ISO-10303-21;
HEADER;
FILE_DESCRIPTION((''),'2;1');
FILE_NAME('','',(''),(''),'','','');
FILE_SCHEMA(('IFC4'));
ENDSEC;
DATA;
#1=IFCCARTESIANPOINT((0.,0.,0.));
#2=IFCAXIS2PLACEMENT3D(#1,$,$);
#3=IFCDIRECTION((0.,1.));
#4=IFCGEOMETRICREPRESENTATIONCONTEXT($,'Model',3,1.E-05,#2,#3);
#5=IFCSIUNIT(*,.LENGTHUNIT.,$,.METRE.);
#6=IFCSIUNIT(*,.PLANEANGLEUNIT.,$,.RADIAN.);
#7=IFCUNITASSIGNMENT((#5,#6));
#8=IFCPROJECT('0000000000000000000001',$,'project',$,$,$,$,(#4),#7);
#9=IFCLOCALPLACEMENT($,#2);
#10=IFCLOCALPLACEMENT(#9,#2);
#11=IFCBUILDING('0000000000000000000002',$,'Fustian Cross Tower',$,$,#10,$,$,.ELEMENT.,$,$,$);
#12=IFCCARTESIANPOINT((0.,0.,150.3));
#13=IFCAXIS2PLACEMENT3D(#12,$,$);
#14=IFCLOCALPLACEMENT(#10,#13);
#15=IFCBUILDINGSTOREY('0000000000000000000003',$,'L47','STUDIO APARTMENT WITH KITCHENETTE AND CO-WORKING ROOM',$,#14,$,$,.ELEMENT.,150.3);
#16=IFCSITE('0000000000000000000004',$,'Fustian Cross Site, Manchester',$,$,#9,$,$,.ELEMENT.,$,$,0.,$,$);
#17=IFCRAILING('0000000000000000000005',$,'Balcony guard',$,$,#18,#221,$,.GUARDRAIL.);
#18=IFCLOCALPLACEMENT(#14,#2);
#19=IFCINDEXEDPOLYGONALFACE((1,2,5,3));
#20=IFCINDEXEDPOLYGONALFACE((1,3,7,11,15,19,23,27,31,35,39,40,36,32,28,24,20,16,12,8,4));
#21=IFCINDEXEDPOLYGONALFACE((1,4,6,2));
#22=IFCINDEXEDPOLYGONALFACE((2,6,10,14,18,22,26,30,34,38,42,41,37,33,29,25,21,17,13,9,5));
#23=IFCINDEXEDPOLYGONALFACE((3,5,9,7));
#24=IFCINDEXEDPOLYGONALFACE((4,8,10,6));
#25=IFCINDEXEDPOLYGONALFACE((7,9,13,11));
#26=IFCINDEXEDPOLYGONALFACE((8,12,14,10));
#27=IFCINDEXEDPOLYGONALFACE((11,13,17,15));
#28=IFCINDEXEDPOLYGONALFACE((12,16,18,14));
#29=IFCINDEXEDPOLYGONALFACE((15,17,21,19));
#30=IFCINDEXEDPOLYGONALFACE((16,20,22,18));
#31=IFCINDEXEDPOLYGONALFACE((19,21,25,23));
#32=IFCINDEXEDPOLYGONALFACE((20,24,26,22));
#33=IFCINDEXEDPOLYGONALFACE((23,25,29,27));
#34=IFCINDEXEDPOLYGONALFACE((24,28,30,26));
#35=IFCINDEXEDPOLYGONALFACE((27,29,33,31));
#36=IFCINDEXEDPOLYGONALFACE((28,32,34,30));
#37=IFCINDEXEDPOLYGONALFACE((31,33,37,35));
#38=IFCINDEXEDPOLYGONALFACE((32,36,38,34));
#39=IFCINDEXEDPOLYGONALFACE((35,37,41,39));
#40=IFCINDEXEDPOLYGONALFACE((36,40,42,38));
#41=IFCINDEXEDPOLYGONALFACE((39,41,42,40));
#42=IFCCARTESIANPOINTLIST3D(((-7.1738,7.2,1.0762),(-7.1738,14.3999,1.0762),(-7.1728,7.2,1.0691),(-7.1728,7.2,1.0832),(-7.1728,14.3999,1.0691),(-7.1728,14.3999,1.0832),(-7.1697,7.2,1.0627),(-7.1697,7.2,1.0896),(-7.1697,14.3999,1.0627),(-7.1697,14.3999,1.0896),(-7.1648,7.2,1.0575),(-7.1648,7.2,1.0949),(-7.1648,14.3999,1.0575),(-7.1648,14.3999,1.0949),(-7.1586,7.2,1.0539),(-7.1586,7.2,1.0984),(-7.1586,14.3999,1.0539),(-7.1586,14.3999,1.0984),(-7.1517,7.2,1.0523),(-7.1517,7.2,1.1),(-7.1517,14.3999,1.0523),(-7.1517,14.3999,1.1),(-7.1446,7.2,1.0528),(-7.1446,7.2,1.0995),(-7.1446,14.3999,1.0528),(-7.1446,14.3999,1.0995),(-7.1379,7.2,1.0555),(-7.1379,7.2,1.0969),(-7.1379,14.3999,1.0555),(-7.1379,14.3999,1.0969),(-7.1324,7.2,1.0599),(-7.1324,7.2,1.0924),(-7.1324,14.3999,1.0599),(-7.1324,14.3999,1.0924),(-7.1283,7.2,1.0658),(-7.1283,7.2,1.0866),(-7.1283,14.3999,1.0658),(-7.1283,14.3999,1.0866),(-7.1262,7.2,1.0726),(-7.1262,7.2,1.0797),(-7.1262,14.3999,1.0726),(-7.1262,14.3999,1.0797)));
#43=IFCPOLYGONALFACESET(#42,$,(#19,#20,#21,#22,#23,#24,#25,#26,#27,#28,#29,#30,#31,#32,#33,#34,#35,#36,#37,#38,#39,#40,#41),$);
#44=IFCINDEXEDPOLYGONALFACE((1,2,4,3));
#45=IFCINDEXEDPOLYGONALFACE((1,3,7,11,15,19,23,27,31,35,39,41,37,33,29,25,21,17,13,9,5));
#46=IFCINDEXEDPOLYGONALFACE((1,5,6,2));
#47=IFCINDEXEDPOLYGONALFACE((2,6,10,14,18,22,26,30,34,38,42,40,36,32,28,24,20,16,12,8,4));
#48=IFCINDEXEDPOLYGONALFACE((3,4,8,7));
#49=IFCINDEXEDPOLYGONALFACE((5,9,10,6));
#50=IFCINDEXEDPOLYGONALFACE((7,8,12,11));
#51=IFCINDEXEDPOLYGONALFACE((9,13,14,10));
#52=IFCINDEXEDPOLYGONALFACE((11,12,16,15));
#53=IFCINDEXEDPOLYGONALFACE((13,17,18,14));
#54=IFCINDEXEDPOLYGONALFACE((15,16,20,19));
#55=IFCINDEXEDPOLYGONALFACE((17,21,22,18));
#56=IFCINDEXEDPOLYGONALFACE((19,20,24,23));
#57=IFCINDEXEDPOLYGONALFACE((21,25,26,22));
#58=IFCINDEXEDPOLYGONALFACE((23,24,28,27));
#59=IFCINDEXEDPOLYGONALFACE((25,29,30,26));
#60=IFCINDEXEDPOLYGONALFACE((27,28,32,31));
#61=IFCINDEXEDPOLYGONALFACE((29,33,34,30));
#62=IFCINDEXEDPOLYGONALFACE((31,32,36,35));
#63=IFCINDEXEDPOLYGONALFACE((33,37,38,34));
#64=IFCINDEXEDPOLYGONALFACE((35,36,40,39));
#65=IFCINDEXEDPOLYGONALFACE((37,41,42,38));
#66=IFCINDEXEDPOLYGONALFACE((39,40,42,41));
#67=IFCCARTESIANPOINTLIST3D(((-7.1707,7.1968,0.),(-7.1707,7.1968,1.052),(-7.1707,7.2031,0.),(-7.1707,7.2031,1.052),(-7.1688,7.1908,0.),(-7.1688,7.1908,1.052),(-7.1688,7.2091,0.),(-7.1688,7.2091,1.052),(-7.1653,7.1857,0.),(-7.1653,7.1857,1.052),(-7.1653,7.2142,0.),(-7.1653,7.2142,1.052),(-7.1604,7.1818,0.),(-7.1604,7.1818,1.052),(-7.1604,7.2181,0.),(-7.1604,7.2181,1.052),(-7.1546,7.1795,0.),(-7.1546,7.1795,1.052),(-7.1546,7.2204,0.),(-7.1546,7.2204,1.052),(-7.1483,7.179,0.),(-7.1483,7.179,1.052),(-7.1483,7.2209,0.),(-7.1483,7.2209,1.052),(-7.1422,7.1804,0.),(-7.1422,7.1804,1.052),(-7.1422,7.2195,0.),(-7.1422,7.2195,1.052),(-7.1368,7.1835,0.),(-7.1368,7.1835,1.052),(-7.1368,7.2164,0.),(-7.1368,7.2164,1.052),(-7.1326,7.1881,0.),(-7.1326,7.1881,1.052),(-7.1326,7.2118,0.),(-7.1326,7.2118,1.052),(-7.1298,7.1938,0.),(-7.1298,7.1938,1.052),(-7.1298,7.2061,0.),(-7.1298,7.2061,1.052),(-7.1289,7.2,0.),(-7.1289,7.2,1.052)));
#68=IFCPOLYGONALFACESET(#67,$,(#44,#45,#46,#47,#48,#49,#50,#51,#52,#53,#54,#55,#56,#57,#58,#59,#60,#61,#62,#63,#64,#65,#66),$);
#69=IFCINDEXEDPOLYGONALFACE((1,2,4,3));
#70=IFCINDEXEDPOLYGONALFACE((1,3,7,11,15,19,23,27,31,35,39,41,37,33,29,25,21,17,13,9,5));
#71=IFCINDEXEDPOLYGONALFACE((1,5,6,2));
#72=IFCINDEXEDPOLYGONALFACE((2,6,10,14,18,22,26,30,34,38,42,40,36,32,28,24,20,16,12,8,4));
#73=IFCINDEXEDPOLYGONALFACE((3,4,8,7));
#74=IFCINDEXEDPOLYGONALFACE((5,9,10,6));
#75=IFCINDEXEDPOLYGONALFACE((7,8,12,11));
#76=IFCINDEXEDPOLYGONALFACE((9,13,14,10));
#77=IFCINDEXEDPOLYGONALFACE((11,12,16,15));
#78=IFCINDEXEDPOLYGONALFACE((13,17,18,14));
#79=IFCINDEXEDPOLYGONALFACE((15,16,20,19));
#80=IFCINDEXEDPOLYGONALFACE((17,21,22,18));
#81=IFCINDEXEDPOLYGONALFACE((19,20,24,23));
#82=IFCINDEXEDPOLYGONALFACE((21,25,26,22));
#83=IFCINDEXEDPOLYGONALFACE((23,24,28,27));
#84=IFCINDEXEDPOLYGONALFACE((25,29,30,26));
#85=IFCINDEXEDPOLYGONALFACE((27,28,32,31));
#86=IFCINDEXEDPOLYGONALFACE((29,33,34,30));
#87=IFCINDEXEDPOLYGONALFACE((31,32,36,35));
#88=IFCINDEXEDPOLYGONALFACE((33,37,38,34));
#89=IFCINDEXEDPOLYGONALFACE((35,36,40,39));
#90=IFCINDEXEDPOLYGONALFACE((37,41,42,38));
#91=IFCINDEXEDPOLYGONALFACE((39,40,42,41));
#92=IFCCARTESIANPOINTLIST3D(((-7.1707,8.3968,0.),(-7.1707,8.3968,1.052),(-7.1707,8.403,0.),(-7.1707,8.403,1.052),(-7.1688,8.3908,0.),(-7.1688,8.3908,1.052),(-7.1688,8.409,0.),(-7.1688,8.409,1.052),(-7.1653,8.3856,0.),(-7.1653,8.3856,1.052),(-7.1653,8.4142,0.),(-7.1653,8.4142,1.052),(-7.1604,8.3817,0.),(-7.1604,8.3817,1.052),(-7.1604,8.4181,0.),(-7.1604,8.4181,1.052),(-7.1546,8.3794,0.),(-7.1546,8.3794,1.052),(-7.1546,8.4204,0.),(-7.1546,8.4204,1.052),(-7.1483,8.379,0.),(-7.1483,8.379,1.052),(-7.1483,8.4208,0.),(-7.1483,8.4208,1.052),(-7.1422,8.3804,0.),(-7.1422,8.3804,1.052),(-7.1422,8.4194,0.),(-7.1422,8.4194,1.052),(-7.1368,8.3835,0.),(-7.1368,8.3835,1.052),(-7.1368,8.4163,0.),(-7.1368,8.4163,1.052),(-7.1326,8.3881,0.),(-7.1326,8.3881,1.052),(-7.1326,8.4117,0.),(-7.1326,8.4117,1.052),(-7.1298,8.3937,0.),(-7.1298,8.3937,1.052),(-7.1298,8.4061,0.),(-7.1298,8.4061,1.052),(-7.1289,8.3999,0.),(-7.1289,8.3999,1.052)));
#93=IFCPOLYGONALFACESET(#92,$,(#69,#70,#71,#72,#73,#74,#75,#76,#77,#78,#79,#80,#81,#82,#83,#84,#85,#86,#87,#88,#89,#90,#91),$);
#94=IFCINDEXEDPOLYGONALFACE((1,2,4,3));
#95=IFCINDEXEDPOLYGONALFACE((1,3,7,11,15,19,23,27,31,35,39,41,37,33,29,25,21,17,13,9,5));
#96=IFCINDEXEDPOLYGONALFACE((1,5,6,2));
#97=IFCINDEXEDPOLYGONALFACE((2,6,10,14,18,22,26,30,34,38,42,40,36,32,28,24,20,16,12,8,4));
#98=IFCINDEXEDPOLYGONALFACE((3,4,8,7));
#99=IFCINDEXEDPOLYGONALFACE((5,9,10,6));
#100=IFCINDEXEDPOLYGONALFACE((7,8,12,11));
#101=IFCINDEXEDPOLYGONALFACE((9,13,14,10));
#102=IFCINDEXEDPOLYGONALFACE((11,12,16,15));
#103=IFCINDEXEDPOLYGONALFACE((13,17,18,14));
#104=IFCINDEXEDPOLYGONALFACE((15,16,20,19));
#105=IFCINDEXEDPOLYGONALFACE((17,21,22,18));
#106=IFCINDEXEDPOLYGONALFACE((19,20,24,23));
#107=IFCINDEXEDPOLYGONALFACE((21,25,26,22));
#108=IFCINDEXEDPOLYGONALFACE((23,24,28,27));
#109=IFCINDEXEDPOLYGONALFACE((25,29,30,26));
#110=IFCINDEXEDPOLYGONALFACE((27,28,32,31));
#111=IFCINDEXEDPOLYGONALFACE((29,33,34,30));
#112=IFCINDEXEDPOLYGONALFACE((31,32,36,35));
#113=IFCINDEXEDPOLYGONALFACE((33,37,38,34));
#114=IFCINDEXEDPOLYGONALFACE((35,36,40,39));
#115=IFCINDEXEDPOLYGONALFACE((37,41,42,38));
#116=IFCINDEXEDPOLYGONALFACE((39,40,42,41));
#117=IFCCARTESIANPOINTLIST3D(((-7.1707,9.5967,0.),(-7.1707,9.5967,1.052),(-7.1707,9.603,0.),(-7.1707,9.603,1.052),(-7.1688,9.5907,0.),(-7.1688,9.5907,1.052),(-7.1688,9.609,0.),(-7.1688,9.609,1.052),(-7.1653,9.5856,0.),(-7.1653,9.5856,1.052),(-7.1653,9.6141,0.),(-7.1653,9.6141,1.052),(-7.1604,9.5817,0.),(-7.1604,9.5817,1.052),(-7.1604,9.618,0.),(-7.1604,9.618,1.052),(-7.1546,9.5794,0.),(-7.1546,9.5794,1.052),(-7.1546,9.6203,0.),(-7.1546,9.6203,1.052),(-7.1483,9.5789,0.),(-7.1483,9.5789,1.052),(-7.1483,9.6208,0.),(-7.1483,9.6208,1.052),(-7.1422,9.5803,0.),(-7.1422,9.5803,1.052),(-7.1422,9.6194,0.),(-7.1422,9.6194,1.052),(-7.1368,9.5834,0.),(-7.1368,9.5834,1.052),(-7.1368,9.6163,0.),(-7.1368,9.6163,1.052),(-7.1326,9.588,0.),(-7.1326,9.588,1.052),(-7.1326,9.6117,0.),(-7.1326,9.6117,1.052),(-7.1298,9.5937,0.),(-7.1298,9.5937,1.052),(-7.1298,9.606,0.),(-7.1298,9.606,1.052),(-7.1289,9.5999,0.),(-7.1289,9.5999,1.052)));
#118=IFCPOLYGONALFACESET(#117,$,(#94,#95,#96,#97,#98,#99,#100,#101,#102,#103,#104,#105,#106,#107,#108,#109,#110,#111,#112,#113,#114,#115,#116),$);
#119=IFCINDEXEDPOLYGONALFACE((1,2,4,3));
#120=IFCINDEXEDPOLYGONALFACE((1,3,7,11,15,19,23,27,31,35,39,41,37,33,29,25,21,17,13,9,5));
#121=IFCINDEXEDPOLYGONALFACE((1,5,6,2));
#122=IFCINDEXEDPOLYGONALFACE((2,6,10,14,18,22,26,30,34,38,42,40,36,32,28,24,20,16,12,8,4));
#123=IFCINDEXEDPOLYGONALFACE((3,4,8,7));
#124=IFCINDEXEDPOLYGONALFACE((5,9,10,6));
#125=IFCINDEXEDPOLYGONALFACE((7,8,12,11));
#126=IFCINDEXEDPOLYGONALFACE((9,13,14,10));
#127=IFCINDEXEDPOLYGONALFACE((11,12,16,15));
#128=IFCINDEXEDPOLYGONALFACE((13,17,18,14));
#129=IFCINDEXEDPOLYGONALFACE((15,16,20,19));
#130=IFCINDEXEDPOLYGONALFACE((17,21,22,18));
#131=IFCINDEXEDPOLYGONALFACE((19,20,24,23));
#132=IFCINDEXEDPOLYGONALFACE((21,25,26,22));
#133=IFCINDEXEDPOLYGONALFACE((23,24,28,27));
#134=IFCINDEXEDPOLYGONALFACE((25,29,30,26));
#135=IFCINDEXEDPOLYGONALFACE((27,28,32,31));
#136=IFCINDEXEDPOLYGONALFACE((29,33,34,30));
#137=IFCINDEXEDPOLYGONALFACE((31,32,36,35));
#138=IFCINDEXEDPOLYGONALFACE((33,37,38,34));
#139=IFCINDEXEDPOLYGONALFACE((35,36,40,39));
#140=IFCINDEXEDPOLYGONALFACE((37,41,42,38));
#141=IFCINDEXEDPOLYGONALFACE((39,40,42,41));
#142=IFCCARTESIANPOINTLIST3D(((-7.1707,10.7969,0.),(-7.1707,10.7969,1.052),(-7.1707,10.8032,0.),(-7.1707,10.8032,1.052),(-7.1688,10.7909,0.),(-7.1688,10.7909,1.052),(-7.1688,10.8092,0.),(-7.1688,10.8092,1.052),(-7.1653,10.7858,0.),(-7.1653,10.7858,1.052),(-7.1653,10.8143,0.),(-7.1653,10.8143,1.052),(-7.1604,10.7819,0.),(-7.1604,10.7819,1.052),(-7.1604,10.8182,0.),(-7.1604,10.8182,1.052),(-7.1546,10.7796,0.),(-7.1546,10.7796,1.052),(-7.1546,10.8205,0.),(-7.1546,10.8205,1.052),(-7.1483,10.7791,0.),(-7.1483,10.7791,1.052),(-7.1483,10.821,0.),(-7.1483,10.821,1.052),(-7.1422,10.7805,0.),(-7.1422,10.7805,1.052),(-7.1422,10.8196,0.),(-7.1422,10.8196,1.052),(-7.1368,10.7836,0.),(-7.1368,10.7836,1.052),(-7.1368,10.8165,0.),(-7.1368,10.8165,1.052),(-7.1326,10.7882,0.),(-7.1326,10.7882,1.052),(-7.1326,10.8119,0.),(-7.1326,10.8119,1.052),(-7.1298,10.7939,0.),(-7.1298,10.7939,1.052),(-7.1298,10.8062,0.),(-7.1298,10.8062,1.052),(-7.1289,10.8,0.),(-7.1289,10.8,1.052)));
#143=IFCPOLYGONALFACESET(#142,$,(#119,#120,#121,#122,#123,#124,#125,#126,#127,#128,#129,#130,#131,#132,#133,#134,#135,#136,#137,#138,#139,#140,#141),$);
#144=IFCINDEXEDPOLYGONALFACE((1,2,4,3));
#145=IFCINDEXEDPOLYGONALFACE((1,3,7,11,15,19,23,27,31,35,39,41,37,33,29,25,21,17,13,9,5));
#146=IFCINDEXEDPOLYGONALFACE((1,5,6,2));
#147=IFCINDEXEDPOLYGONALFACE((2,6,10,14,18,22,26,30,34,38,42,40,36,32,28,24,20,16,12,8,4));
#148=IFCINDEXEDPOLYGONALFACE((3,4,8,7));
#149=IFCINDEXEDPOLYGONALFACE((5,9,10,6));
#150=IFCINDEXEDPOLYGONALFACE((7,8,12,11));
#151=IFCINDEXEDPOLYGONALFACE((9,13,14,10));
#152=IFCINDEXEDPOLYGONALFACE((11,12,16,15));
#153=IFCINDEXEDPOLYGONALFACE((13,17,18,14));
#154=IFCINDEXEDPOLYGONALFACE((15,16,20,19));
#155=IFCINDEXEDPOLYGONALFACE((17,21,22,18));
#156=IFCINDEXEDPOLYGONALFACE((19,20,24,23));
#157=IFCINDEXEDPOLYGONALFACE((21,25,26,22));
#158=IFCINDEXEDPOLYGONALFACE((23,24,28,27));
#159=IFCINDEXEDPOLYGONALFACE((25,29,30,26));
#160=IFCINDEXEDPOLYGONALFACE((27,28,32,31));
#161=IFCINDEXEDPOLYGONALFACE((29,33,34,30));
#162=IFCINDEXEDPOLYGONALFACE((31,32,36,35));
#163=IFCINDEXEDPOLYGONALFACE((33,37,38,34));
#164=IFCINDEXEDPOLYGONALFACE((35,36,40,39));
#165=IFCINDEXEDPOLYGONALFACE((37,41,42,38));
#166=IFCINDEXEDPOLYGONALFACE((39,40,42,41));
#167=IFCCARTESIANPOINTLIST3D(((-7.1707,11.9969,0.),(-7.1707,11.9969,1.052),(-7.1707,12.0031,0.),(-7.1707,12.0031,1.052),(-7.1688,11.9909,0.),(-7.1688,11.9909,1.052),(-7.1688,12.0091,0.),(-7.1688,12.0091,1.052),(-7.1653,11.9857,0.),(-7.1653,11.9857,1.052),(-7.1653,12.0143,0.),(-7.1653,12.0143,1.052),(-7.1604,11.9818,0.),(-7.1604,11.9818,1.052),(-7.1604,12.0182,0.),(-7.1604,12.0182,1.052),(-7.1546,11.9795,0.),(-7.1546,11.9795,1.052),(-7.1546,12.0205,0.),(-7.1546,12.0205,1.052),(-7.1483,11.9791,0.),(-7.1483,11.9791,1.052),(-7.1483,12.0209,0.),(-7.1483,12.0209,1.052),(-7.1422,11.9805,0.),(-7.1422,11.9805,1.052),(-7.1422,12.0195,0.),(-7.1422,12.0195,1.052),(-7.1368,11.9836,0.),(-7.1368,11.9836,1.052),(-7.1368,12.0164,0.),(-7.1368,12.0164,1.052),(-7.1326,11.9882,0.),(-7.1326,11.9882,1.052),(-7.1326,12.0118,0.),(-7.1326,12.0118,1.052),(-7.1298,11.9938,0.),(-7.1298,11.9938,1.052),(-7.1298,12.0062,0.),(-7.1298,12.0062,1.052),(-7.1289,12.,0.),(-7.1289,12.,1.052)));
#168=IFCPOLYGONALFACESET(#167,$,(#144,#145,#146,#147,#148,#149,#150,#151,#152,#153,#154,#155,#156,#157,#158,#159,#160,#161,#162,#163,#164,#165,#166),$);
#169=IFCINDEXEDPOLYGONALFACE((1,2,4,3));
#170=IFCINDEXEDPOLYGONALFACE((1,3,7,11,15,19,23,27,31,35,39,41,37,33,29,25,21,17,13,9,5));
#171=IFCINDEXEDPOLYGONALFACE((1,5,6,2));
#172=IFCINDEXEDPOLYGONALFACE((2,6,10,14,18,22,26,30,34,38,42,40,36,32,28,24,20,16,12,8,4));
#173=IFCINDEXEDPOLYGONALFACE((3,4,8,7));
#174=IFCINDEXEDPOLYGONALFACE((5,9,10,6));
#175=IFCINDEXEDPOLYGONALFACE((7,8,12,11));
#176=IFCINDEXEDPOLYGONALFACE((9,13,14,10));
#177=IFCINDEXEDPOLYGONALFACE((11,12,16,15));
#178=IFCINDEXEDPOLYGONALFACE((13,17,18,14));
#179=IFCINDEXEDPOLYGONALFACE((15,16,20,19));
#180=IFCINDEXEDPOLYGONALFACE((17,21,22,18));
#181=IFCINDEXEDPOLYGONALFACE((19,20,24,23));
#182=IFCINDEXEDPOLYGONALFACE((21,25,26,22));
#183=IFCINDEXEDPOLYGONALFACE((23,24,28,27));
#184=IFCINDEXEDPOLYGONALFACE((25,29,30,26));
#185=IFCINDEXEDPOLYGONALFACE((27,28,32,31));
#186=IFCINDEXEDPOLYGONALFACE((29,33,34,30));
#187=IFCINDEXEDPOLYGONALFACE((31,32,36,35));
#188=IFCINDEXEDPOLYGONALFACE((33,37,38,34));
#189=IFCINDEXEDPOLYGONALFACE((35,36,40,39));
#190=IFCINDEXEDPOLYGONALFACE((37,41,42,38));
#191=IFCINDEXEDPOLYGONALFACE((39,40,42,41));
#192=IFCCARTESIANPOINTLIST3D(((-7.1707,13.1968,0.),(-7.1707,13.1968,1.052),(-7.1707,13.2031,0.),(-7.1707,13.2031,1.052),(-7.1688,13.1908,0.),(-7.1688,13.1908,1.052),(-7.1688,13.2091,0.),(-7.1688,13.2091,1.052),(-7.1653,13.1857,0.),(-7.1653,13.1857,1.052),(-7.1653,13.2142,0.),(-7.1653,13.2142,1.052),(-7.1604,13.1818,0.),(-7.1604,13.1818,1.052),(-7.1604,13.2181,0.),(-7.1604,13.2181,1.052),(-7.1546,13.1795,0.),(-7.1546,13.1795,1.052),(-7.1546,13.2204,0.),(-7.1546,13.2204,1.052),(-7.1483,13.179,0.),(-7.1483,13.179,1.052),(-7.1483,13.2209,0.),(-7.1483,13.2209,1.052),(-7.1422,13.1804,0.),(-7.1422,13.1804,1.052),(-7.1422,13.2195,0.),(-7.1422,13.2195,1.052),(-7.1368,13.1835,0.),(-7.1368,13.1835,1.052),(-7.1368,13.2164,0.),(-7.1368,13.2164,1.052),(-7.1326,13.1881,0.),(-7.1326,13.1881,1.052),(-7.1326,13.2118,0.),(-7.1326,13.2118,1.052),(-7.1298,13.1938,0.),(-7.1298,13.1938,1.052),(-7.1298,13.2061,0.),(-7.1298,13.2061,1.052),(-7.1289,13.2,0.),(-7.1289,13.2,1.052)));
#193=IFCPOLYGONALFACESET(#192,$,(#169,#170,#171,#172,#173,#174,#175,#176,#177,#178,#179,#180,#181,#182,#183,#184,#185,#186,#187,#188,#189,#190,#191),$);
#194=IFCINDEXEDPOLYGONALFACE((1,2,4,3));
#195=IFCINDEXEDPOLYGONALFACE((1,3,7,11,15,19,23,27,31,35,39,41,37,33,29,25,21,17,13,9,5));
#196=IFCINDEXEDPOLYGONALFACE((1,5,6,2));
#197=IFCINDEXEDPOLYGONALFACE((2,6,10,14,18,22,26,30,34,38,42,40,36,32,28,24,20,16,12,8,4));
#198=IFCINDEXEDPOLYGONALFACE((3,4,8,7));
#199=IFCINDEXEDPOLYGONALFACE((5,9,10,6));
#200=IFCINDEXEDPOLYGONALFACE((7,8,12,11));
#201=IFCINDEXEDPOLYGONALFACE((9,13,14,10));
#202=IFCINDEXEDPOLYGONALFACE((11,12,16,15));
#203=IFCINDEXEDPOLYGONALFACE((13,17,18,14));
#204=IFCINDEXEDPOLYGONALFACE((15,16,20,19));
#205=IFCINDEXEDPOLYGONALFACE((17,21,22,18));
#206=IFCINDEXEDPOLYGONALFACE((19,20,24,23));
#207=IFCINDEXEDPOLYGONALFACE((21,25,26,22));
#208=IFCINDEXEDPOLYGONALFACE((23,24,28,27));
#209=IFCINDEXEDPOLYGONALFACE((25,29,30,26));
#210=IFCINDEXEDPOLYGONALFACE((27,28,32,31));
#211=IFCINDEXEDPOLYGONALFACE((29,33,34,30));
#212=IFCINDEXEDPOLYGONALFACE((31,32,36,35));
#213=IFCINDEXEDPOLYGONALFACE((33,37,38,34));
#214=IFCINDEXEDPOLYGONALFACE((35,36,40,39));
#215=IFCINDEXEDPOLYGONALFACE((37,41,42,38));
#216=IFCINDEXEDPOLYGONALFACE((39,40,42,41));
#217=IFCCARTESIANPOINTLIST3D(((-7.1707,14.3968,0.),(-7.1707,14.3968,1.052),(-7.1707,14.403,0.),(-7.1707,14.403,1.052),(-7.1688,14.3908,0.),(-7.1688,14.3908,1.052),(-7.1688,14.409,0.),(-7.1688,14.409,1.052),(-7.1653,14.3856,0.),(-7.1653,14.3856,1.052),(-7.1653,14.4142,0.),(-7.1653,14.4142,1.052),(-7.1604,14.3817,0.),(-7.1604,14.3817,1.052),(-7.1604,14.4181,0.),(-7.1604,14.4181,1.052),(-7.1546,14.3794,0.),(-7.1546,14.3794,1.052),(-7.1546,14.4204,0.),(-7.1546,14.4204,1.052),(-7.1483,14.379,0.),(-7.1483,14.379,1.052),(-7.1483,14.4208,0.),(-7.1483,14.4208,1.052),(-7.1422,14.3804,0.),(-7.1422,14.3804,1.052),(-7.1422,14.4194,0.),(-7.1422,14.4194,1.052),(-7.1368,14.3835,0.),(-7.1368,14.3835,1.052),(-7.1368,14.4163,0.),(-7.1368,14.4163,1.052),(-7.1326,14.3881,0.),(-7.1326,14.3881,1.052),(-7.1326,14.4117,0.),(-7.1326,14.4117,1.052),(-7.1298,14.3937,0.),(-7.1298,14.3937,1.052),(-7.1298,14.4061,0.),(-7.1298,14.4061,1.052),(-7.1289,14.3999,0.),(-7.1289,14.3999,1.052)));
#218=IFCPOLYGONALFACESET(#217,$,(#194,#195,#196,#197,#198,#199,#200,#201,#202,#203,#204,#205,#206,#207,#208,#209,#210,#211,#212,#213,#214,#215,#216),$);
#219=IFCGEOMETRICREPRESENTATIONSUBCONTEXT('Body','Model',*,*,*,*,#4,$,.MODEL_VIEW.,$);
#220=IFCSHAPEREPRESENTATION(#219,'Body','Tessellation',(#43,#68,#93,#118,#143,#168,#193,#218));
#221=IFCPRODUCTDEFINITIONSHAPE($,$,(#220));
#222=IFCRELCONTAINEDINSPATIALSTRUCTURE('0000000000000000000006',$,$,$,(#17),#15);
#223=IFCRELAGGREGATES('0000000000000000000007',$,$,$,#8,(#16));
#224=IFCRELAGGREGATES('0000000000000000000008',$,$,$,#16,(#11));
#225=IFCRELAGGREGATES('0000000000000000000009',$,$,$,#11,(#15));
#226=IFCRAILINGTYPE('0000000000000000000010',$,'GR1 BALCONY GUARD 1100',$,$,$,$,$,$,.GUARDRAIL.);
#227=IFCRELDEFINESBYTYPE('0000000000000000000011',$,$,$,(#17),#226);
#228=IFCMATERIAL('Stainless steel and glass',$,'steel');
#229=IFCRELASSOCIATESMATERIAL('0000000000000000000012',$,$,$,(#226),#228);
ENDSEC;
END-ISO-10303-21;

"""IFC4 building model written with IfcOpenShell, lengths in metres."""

from ifc_helpers import new_model, si_unit, direction, frame, origin, origin_2d, place, context, subcontext, project, spatial, circle, extrude, material, type_object, element, save


model = new_model("IFC4")

# Units and contexts
model_context = context("Model", 3, precision=1e-05, world=origin(), true_north=direction((0.0, 1.0)))
body_context = subcontext(model_context, "Body", "Model", "MODEL_VIEW")
ifc_project = project(units=[si_unit("LENGTHUNIT", "METRE"), si_unit("PLANEANGLEUNIT", "RADIAN")], contexts=[model_context])

# Site, building, storey
site_placement = place(None, origin())
site = spatial("IfcSite", under=ifc_project, at=site_placement, Name="Fustian Cross Site, Manchester", CompositionType="ELEMENT", RefElevation=0.0)
building_placement = place(site_placement, origin())
building = spatial("IfcBuilding", under=site, at=building_placement, Name="Fustian Cross Tower", CompositionType="ELEMENT")
storey_placement = place(building_placement, frame((0.0, 0.0, 150.3)))
storey = spatial("IfcBuildingStorey", under=building, at=storey_placement, Name="L47", Description="STUDIO APARTMENT WITH KITCHENETTE AND CO-WORKING ROOM", CompositionType="ELEMENT", Elevation=150.3)

# Railing
ifc_material_1 = material(Name="Stainless steel and glass", Category="steel")
railing_type = type_object("IfcRailingType", Name="GR1 BALCONY GUARD 1100", PredefinedType="GUARDRAIL", material=ifc_material_1)
railing_placement = place(storey_placement, frame((-7.1499, 7.2, 0.0)))
element("IfcRailing", 1, at=railing_placement, inside=storey, type_object=railing_type, Name="Balcony guard", PredefinedType="GUARDRAIL", context=body_context, shape_type="SweptSolid", body=[
    extrude(circle(Radius=0.0239, at=origin_2d()), frame((0.0, 0.0, 1.0762), z_axis=(0.0, 1.0, 0.0), x_axis=(-1.0, 0.0, 0.0)), (0.0, 0.0, 1.0), 7.2),
    extrude(circle(Radius=0.021, at=origin_2d()), origin(), (0.0, 0.0, 1.0), 1.052),
    extrude(circle(Radius=0.021, at=origin_2d()), frame((0.0, 1.2, 0.0)), (0.0, 0.0, 1.0), 1.052),
    extrude(circle(Radius=0.021, at=origin_2d()), frame((0.0, 2.3999, 0.0)), (0.0, 0.0, 1.0), 1.052),
    extrude(circle(Radius=0.021, at=origin_2d()), frame((0.0, 3.6001, 0.0)), (0.0, 0.0, 1.0), 1.052),
    extrude(circle(Radius=0.021, at=origin_2d()), frame((0.0, 4.8, 0.0)), (0.0, 0.0, 1.0), 1.052),
    extrude(circle(Radius=0.021, at=origin_2d()), frame((0.0, 6.0, 0.0)), (0.0, 0.0, 1.0), 1.052),
    extrude(circle(Radius=0.021, at=origin_2d()), frame((0.0, 7.2, 0.0)), (0.0, 0.0, 1.0), 1.052),
])

save(model, "model.ifc")
